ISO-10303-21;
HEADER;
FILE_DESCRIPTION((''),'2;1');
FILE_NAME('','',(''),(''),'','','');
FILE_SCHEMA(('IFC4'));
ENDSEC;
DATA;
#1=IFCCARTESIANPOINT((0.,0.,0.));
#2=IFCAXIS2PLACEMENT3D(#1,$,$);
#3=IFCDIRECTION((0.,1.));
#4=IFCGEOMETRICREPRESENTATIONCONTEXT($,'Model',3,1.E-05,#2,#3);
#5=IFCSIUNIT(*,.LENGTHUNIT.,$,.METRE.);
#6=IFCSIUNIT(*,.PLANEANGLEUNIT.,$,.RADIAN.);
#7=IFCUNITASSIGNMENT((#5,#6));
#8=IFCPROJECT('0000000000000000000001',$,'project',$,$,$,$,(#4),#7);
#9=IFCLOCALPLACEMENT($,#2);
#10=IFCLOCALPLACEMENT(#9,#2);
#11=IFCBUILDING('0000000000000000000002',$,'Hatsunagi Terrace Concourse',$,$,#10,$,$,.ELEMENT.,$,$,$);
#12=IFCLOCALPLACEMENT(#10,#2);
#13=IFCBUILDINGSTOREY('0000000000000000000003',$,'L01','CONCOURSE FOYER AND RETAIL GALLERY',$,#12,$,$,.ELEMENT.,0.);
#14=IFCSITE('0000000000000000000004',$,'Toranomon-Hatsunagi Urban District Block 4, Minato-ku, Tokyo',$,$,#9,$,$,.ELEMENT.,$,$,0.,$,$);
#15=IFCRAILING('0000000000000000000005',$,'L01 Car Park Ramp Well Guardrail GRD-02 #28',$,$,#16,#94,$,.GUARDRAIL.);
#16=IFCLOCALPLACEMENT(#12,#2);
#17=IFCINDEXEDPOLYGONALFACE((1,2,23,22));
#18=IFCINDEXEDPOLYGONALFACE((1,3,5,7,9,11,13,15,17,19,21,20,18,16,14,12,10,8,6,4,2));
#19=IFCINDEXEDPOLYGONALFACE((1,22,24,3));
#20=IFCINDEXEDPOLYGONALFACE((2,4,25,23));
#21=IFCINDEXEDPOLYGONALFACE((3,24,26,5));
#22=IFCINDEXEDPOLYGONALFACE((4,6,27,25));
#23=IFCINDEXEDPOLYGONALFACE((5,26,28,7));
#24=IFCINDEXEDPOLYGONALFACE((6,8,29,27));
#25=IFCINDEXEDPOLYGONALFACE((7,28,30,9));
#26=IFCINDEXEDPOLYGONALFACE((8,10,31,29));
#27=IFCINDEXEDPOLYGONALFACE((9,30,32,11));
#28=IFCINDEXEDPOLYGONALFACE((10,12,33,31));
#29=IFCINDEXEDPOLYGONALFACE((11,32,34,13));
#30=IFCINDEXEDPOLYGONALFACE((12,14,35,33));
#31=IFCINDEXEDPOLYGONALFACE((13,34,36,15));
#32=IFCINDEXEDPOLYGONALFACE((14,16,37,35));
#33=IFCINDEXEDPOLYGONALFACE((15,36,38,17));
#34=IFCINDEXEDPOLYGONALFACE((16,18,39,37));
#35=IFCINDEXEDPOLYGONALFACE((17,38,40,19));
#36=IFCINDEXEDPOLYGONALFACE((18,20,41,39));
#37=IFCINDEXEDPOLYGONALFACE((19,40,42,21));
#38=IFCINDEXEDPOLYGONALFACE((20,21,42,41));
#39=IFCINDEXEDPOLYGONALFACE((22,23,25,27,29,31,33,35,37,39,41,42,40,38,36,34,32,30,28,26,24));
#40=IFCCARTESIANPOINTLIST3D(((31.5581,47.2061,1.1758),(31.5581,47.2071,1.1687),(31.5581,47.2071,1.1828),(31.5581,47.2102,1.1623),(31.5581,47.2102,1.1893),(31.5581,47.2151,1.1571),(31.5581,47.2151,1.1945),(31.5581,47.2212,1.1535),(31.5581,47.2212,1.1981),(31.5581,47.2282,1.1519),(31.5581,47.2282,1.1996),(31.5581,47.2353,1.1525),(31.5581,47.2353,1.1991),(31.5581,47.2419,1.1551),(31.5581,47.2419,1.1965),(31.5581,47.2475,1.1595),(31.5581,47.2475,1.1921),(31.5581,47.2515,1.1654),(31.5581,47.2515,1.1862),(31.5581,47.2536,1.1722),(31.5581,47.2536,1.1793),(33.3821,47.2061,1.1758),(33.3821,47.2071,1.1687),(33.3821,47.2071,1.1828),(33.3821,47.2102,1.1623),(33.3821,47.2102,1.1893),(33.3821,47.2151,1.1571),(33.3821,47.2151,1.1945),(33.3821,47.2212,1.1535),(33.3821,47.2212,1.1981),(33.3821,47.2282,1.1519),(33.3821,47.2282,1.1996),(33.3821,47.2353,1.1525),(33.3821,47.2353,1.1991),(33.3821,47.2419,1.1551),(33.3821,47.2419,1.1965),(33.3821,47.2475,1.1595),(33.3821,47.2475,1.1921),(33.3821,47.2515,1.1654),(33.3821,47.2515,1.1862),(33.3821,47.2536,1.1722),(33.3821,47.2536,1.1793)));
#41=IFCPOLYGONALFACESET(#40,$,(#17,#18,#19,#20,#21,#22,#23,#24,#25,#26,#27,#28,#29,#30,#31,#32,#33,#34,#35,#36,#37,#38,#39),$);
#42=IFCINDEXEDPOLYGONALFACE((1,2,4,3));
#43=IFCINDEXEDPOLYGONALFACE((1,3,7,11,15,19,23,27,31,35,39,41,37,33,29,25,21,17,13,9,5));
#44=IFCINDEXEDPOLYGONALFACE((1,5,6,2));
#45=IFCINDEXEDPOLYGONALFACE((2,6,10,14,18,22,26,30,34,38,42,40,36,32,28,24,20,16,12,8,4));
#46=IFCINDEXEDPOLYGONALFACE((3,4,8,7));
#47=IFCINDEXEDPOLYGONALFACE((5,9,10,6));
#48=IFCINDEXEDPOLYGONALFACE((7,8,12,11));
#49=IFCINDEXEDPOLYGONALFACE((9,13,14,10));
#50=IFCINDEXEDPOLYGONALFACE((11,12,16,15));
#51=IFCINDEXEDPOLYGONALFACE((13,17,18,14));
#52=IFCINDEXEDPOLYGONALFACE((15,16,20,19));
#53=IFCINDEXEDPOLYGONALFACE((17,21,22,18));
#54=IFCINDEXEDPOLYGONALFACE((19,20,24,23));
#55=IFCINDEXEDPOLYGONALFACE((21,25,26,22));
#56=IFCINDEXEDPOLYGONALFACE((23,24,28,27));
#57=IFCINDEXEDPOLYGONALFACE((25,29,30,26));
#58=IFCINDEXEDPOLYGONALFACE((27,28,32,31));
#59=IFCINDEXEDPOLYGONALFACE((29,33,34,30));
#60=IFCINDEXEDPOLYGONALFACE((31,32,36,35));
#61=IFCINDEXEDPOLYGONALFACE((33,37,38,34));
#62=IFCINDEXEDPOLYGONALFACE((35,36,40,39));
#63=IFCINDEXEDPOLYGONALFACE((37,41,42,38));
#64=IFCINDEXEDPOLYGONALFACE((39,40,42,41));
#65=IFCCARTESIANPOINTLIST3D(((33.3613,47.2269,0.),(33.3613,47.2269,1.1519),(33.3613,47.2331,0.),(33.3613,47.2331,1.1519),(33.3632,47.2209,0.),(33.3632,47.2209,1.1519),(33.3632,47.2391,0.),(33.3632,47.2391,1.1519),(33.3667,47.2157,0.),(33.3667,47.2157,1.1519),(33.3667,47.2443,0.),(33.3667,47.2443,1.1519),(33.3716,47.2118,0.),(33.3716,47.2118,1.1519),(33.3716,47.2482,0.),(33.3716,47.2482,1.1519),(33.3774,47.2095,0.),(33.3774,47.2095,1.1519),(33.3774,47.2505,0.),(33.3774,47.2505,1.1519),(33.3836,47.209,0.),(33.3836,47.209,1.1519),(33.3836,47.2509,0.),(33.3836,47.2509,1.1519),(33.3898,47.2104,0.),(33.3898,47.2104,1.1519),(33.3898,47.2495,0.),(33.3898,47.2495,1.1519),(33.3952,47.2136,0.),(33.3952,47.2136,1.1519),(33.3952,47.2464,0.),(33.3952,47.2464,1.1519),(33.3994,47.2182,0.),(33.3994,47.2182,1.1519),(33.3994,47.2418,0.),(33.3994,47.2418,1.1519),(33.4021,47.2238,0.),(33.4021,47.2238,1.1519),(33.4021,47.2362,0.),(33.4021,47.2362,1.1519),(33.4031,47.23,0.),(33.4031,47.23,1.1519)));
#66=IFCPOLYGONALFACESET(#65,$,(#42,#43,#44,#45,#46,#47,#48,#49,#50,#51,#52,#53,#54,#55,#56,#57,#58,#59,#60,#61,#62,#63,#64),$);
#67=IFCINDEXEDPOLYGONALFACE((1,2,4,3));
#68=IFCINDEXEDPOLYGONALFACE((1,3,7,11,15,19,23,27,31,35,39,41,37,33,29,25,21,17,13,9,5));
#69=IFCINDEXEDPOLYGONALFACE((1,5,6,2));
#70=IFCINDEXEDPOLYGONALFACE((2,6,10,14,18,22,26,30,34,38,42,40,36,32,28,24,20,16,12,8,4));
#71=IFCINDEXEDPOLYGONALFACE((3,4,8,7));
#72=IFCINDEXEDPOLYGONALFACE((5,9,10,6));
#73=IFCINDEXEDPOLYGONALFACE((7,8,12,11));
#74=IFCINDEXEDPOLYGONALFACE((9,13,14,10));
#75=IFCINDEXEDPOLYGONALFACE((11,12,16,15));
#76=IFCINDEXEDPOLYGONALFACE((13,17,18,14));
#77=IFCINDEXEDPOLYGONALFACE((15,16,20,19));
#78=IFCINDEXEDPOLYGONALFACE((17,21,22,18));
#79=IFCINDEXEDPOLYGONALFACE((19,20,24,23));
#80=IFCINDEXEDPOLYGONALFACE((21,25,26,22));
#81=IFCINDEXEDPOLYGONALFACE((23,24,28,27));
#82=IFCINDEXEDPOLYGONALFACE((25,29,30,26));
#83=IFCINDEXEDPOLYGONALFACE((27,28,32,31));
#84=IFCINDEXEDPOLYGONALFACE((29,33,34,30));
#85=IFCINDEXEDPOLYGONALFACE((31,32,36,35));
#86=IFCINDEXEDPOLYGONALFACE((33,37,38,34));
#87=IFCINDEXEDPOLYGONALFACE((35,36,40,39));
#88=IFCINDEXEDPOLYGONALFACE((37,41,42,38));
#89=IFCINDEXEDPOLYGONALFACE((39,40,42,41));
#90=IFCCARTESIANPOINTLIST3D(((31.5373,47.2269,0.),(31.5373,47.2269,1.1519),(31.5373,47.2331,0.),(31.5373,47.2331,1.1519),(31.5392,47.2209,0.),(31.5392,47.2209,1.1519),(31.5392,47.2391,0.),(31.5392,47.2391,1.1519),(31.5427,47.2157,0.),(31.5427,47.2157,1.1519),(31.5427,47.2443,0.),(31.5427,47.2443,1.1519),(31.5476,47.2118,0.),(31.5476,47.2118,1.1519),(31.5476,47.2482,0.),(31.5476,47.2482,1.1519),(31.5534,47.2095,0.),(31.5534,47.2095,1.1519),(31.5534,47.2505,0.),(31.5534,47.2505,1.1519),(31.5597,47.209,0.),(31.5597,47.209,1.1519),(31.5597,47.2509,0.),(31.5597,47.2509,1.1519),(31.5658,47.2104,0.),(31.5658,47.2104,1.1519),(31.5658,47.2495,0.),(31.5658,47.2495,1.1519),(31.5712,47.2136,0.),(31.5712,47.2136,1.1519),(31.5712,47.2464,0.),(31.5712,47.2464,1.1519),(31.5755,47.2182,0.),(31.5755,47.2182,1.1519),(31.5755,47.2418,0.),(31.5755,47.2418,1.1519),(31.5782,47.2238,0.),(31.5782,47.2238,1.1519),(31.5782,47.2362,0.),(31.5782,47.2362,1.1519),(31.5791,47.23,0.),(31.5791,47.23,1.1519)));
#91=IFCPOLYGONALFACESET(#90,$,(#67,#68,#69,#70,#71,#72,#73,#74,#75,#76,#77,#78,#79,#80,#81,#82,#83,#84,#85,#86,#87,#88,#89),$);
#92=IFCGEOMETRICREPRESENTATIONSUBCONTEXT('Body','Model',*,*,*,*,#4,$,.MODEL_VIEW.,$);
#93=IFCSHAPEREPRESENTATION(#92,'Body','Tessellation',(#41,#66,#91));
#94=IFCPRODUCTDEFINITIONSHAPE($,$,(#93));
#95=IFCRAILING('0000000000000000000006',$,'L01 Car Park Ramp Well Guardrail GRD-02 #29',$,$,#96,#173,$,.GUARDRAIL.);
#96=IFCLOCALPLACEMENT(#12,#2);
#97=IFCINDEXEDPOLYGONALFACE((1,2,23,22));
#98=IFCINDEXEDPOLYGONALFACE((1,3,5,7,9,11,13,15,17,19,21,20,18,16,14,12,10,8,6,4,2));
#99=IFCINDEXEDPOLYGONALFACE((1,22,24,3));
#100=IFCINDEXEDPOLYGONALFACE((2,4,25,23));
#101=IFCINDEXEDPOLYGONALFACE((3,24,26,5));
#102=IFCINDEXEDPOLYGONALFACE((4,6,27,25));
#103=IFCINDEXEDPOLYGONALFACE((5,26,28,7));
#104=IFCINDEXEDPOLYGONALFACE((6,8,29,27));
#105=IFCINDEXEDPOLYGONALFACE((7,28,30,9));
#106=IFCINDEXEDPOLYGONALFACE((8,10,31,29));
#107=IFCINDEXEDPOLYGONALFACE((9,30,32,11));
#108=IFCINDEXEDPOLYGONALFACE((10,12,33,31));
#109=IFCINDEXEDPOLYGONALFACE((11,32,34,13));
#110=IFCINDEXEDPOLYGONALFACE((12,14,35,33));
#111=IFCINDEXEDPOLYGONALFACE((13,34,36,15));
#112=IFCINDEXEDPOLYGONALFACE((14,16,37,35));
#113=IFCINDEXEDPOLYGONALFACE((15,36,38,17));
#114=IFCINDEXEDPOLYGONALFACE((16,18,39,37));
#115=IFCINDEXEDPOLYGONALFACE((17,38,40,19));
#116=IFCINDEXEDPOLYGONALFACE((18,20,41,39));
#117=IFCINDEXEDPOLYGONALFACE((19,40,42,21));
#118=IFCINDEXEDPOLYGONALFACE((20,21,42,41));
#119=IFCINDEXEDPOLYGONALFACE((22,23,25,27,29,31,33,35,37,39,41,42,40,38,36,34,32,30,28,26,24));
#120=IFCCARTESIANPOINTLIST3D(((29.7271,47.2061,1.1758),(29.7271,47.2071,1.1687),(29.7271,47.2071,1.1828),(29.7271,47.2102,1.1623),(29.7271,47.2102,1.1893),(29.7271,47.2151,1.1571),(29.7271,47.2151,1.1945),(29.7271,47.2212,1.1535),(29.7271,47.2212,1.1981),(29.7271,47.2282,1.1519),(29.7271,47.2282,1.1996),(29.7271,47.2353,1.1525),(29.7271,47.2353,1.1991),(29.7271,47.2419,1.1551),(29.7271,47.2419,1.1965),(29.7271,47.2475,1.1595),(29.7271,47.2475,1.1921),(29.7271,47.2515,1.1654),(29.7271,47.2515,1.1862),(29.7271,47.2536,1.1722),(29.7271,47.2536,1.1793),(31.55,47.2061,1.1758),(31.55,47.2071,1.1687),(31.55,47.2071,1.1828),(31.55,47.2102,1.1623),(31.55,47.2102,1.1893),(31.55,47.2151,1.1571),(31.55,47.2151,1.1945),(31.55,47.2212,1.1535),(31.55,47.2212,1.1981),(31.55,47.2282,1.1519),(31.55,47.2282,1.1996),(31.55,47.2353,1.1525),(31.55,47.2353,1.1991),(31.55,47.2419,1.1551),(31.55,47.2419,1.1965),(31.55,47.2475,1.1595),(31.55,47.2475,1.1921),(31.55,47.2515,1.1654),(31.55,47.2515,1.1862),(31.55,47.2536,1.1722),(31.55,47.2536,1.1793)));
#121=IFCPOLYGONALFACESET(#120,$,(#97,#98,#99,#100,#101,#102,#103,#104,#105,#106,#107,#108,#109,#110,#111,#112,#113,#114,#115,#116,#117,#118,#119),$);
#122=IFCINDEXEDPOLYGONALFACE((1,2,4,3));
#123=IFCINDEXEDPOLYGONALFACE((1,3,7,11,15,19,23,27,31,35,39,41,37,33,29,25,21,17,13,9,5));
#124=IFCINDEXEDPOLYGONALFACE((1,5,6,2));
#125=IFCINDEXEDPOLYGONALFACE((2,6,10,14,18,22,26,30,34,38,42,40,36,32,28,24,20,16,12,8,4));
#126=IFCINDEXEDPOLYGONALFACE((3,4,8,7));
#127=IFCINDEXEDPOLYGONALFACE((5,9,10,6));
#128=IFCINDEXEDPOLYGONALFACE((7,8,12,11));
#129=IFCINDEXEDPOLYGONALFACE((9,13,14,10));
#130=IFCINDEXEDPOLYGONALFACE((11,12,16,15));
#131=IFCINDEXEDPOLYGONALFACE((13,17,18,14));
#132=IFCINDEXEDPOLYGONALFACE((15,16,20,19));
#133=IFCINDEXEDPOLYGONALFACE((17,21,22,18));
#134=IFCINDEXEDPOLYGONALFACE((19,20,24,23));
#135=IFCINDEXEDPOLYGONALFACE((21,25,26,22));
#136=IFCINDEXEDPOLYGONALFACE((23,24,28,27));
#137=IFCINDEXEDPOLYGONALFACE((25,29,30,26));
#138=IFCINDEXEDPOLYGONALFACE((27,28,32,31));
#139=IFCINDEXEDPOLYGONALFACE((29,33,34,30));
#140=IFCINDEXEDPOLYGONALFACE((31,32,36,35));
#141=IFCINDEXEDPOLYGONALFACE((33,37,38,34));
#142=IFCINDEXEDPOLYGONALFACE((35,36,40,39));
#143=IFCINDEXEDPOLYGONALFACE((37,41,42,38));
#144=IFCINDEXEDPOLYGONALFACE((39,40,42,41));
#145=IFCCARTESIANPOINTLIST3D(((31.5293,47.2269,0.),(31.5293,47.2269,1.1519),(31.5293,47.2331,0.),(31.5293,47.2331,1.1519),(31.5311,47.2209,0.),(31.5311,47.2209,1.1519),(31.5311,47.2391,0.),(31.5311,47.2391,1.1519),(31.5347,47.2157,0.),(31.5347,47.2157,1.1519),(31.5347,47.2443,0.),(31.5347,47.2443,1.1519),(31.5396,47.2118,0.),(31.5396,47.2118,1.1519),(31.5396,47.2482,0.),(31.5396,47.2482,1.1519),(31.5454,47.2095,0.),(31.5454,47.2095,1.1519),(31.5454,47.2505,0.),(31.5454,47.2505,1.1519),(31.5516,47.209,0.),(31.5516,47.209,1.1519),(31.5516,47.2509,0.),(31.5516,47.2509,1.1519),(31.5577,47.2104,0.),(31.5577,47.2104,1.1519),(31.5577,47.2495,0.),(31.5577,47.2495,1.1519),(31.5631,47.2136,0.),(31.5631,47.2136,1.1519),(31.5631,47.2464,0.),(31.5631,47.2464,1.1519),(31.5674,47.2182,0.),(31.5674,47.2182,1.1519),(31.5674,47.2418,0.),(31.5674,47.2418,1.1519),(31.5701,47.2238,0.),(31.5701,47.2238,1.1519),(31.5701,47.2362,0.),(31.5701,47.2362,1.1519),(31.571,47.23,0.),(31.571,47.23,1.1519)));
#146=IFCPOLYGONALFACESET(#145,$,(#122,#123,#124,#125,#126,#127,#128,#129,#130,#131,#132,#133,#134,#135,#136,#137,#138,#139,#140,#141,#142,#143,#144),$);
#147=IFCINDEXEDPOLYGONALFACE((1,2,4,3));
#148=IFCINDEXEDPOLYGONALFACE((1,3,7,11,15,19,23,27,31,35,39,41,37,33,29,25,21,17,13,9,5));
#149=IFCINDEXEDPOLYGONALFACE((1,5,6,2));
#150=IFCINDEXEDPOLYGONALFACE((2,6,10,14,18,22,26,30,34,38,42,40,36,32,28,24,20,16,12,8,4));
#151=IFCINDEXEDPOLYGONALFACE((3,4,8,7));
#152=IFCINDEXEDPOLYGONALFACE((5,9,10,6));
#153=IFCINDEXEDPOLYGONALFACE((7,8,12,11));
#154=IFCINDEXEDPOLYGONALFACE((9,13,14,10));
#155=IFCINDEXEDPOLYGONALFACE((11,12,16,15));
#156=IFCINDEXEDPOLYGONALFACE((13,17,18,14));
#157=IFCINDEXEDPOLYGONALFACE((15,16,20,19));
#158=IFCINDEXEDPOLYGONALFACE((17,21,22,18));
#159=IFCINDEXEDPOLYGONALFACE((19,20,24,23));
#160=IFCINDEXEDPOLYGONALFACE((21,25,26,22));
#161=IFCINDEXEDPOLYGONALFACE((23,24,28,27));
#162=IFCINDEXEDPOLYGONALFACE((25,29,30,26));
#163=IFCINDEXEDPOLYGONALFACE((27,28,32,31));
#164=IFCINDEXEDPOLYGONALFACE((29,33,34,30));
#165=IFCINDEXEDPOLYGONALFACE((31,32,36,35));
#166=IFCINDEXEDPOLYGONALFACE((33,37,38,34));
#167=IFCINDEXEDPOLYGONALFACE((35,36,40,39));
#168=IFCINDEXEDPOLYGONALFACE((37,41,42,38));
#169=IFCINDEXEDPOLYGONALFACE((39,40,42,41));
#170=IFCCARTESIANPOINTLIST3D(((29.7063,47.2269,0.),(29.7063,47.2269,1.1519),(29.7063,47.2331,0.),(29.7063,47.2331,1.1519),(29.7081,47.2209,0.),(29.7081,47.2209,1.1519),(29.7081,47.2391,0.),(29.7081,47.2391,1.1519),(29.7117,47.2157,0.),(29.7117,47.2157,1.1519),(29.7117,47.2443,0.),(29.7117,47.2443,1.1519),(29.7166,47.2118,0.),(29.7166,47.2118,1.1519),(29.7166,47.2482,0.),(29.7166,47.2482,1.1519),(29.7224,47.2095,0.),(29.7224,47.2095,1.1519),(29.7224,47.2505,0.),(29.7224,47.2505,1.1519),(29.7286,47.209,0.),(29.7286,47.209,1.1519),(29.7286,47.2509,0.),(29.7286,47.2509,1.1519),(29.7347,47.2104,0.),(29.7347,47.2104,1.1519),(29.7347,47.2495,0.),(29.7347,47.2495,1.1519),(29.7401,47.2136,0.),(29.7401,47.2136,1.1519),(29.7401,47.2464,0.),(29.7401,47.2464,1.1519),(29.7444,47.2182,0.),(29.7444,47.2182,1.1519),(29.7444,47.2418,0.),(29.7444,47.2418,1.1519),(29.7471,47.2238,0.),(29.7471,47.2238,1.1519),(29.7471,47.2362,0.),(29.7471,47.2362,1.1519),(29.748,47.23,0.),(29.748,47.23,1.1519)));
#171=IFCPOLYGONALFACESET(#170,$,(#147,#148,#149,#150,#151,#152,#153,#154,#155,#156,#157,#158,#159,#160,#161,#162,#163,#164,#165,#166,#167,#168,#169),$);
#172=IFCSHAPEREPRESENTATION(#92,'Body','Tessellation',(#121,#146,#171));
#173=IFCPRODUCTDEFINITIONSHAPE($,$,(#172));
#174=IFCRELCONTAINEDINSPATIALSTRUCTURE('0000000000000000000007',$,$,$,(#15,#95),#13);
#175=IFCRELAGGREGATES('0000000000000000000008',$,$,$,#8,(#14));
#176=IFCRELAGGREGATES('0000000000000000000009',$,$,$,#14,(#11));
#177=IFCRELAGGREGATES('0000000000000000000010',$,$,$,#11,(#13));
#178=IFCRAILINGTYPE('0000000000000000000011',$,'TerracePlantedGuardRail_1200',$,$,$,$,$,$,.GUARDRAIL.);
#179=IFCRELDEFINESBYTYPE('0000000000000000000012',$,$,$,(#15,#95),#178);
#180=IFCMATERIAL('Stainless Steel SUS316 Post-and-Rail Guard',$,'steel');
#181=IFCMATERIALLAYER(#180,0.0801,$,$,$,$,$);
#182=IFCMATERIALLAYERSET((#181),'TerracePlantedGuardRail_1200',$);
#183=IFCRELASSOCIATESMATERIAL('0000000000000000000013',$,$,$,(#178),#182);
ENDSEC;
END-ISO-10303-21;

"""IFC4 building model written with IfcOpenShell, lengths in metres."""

from ifc_helpers import new_model, si_unit, direction, frame, origin, origin_2d, place, context, subcontext, project, spatial, circle, extrude, material, layer, layer_set, type_object, element, save


model = new_model("IFC4")

# Units and contexts
model_context = context("Model", 3, precision=1e-05, world=origin(), true_north=direction((0.0, 1.0)))
body_context = subcontext(model_context, "Body", "Model", "MODEL_VIEW")
ifc_project = project(units=[si_unit("LENGTHUNIT", "METRE"), si_unit("PLANEANGLEUNIT", "RADIAN")], contexts=[model_context])

# Site, building, storey
site_placement = place(None, origin())
site = spatial("IfcSite", under=ifc_project, at=site_placement, Name="Toranomon-Hatsunagi Urban District Block 4, Minato-ku, Tokyo", CompositionType="ELEMENT", RefElevation=0.0)
building_placement = place(site_placement, origin())
building = spatial("IfcBuilding", under=site, at=building_placement, Name="Hatsunagi Terrace Concourse", CompositionType="ELEMENT")
storey_placement = place(building_placement, origin())
storey = spatial("IfcBuildingStorey", under=building, at=storey_placement, Name="L01", Description="CONCOURSE FOYER AND RETAIL GALLERY", CompositionType="ELEMENT", Elevation=0.0)

# Railings
ifc_material_1 = material(Name="Stainless Steel SUS316 Post-and-Rail Guard", Category="steel")
ifc_layer_1 = layer(ifc_material_1, 0.0801)
ifc_layer_set_1 = layer_set([ifc_layer_1], Name="TerracePlantedGuardRail_1200")
railing_type = type_object("IfcRailingType", Name="TerracePlantedGuardRail_1200", PredefinedType="GUARDRAIL", material=ifc_layer_set_1)
railing_1_placement = place(storey_placement, frame((33.3821, 47.23, 0.0)))
element("IfcRailing", 1, at=railing_1_placement, inside=storey, type_object=railing_type, Name="L01 Car Park Ramp Well Guardrail GRD-02 #28", PredefinedType="GUARDRAIL", context=body_context, shape_type="SweptSolid", body=[
    extrude(circle(Radius=0.0239, at=origin_2d()), frame((0.0, 0.0, 1.1758), z_axis=(-1.0, 0.0, 0.0), x_axis=(0.0, -1.0, 0.0)), (0.0, 0.0, 1.0), 1.824),
    extrude(circle(Radius=0.021, at=origin_2d()), origin(), (0.0, 0.0, 1.0), 1.1519),
    extrude(circle(Radius=0.021, at=origin_2d()), frame((-1.824, 0.0, 0.0)), (0.0, 0.0, 1.0), 1.1519),
])
railing_2_placement = place(storey_placement, frame((31.55, 47.23, 0.0)))
element("IfcRailing", 2, at=railing_2_placement, inside=storey, type_object=railing_type, Name="L01 Car Park Ramp Well Guardrail GRD-02 #29", PredefinedType="GUARDRAIL", context=body_context, shape_type="SweptSolid", body=[
    extrude(circle(Radius=0.0239, at=origin_2d()), frame((0.0, 0.0, 1.1758), z_axis=(-1.0, 0.0, 0.0), x_axis=(0.0, -1.0, 0.0)), (0.0, 0.0, 1.0), 1.823),
    extrude(circle(Radius=0.021, at=origin_2d()), origin(), (0.0, 0.0, 1.0), 1.1519),
    extrude(circle(Radius=0.021, at=origin_2d()), frame((-1.823, 0.0, 0.0)), (0.0, 0.0, 1.0), 1.1519),
])

save(model, "model.ifc")
